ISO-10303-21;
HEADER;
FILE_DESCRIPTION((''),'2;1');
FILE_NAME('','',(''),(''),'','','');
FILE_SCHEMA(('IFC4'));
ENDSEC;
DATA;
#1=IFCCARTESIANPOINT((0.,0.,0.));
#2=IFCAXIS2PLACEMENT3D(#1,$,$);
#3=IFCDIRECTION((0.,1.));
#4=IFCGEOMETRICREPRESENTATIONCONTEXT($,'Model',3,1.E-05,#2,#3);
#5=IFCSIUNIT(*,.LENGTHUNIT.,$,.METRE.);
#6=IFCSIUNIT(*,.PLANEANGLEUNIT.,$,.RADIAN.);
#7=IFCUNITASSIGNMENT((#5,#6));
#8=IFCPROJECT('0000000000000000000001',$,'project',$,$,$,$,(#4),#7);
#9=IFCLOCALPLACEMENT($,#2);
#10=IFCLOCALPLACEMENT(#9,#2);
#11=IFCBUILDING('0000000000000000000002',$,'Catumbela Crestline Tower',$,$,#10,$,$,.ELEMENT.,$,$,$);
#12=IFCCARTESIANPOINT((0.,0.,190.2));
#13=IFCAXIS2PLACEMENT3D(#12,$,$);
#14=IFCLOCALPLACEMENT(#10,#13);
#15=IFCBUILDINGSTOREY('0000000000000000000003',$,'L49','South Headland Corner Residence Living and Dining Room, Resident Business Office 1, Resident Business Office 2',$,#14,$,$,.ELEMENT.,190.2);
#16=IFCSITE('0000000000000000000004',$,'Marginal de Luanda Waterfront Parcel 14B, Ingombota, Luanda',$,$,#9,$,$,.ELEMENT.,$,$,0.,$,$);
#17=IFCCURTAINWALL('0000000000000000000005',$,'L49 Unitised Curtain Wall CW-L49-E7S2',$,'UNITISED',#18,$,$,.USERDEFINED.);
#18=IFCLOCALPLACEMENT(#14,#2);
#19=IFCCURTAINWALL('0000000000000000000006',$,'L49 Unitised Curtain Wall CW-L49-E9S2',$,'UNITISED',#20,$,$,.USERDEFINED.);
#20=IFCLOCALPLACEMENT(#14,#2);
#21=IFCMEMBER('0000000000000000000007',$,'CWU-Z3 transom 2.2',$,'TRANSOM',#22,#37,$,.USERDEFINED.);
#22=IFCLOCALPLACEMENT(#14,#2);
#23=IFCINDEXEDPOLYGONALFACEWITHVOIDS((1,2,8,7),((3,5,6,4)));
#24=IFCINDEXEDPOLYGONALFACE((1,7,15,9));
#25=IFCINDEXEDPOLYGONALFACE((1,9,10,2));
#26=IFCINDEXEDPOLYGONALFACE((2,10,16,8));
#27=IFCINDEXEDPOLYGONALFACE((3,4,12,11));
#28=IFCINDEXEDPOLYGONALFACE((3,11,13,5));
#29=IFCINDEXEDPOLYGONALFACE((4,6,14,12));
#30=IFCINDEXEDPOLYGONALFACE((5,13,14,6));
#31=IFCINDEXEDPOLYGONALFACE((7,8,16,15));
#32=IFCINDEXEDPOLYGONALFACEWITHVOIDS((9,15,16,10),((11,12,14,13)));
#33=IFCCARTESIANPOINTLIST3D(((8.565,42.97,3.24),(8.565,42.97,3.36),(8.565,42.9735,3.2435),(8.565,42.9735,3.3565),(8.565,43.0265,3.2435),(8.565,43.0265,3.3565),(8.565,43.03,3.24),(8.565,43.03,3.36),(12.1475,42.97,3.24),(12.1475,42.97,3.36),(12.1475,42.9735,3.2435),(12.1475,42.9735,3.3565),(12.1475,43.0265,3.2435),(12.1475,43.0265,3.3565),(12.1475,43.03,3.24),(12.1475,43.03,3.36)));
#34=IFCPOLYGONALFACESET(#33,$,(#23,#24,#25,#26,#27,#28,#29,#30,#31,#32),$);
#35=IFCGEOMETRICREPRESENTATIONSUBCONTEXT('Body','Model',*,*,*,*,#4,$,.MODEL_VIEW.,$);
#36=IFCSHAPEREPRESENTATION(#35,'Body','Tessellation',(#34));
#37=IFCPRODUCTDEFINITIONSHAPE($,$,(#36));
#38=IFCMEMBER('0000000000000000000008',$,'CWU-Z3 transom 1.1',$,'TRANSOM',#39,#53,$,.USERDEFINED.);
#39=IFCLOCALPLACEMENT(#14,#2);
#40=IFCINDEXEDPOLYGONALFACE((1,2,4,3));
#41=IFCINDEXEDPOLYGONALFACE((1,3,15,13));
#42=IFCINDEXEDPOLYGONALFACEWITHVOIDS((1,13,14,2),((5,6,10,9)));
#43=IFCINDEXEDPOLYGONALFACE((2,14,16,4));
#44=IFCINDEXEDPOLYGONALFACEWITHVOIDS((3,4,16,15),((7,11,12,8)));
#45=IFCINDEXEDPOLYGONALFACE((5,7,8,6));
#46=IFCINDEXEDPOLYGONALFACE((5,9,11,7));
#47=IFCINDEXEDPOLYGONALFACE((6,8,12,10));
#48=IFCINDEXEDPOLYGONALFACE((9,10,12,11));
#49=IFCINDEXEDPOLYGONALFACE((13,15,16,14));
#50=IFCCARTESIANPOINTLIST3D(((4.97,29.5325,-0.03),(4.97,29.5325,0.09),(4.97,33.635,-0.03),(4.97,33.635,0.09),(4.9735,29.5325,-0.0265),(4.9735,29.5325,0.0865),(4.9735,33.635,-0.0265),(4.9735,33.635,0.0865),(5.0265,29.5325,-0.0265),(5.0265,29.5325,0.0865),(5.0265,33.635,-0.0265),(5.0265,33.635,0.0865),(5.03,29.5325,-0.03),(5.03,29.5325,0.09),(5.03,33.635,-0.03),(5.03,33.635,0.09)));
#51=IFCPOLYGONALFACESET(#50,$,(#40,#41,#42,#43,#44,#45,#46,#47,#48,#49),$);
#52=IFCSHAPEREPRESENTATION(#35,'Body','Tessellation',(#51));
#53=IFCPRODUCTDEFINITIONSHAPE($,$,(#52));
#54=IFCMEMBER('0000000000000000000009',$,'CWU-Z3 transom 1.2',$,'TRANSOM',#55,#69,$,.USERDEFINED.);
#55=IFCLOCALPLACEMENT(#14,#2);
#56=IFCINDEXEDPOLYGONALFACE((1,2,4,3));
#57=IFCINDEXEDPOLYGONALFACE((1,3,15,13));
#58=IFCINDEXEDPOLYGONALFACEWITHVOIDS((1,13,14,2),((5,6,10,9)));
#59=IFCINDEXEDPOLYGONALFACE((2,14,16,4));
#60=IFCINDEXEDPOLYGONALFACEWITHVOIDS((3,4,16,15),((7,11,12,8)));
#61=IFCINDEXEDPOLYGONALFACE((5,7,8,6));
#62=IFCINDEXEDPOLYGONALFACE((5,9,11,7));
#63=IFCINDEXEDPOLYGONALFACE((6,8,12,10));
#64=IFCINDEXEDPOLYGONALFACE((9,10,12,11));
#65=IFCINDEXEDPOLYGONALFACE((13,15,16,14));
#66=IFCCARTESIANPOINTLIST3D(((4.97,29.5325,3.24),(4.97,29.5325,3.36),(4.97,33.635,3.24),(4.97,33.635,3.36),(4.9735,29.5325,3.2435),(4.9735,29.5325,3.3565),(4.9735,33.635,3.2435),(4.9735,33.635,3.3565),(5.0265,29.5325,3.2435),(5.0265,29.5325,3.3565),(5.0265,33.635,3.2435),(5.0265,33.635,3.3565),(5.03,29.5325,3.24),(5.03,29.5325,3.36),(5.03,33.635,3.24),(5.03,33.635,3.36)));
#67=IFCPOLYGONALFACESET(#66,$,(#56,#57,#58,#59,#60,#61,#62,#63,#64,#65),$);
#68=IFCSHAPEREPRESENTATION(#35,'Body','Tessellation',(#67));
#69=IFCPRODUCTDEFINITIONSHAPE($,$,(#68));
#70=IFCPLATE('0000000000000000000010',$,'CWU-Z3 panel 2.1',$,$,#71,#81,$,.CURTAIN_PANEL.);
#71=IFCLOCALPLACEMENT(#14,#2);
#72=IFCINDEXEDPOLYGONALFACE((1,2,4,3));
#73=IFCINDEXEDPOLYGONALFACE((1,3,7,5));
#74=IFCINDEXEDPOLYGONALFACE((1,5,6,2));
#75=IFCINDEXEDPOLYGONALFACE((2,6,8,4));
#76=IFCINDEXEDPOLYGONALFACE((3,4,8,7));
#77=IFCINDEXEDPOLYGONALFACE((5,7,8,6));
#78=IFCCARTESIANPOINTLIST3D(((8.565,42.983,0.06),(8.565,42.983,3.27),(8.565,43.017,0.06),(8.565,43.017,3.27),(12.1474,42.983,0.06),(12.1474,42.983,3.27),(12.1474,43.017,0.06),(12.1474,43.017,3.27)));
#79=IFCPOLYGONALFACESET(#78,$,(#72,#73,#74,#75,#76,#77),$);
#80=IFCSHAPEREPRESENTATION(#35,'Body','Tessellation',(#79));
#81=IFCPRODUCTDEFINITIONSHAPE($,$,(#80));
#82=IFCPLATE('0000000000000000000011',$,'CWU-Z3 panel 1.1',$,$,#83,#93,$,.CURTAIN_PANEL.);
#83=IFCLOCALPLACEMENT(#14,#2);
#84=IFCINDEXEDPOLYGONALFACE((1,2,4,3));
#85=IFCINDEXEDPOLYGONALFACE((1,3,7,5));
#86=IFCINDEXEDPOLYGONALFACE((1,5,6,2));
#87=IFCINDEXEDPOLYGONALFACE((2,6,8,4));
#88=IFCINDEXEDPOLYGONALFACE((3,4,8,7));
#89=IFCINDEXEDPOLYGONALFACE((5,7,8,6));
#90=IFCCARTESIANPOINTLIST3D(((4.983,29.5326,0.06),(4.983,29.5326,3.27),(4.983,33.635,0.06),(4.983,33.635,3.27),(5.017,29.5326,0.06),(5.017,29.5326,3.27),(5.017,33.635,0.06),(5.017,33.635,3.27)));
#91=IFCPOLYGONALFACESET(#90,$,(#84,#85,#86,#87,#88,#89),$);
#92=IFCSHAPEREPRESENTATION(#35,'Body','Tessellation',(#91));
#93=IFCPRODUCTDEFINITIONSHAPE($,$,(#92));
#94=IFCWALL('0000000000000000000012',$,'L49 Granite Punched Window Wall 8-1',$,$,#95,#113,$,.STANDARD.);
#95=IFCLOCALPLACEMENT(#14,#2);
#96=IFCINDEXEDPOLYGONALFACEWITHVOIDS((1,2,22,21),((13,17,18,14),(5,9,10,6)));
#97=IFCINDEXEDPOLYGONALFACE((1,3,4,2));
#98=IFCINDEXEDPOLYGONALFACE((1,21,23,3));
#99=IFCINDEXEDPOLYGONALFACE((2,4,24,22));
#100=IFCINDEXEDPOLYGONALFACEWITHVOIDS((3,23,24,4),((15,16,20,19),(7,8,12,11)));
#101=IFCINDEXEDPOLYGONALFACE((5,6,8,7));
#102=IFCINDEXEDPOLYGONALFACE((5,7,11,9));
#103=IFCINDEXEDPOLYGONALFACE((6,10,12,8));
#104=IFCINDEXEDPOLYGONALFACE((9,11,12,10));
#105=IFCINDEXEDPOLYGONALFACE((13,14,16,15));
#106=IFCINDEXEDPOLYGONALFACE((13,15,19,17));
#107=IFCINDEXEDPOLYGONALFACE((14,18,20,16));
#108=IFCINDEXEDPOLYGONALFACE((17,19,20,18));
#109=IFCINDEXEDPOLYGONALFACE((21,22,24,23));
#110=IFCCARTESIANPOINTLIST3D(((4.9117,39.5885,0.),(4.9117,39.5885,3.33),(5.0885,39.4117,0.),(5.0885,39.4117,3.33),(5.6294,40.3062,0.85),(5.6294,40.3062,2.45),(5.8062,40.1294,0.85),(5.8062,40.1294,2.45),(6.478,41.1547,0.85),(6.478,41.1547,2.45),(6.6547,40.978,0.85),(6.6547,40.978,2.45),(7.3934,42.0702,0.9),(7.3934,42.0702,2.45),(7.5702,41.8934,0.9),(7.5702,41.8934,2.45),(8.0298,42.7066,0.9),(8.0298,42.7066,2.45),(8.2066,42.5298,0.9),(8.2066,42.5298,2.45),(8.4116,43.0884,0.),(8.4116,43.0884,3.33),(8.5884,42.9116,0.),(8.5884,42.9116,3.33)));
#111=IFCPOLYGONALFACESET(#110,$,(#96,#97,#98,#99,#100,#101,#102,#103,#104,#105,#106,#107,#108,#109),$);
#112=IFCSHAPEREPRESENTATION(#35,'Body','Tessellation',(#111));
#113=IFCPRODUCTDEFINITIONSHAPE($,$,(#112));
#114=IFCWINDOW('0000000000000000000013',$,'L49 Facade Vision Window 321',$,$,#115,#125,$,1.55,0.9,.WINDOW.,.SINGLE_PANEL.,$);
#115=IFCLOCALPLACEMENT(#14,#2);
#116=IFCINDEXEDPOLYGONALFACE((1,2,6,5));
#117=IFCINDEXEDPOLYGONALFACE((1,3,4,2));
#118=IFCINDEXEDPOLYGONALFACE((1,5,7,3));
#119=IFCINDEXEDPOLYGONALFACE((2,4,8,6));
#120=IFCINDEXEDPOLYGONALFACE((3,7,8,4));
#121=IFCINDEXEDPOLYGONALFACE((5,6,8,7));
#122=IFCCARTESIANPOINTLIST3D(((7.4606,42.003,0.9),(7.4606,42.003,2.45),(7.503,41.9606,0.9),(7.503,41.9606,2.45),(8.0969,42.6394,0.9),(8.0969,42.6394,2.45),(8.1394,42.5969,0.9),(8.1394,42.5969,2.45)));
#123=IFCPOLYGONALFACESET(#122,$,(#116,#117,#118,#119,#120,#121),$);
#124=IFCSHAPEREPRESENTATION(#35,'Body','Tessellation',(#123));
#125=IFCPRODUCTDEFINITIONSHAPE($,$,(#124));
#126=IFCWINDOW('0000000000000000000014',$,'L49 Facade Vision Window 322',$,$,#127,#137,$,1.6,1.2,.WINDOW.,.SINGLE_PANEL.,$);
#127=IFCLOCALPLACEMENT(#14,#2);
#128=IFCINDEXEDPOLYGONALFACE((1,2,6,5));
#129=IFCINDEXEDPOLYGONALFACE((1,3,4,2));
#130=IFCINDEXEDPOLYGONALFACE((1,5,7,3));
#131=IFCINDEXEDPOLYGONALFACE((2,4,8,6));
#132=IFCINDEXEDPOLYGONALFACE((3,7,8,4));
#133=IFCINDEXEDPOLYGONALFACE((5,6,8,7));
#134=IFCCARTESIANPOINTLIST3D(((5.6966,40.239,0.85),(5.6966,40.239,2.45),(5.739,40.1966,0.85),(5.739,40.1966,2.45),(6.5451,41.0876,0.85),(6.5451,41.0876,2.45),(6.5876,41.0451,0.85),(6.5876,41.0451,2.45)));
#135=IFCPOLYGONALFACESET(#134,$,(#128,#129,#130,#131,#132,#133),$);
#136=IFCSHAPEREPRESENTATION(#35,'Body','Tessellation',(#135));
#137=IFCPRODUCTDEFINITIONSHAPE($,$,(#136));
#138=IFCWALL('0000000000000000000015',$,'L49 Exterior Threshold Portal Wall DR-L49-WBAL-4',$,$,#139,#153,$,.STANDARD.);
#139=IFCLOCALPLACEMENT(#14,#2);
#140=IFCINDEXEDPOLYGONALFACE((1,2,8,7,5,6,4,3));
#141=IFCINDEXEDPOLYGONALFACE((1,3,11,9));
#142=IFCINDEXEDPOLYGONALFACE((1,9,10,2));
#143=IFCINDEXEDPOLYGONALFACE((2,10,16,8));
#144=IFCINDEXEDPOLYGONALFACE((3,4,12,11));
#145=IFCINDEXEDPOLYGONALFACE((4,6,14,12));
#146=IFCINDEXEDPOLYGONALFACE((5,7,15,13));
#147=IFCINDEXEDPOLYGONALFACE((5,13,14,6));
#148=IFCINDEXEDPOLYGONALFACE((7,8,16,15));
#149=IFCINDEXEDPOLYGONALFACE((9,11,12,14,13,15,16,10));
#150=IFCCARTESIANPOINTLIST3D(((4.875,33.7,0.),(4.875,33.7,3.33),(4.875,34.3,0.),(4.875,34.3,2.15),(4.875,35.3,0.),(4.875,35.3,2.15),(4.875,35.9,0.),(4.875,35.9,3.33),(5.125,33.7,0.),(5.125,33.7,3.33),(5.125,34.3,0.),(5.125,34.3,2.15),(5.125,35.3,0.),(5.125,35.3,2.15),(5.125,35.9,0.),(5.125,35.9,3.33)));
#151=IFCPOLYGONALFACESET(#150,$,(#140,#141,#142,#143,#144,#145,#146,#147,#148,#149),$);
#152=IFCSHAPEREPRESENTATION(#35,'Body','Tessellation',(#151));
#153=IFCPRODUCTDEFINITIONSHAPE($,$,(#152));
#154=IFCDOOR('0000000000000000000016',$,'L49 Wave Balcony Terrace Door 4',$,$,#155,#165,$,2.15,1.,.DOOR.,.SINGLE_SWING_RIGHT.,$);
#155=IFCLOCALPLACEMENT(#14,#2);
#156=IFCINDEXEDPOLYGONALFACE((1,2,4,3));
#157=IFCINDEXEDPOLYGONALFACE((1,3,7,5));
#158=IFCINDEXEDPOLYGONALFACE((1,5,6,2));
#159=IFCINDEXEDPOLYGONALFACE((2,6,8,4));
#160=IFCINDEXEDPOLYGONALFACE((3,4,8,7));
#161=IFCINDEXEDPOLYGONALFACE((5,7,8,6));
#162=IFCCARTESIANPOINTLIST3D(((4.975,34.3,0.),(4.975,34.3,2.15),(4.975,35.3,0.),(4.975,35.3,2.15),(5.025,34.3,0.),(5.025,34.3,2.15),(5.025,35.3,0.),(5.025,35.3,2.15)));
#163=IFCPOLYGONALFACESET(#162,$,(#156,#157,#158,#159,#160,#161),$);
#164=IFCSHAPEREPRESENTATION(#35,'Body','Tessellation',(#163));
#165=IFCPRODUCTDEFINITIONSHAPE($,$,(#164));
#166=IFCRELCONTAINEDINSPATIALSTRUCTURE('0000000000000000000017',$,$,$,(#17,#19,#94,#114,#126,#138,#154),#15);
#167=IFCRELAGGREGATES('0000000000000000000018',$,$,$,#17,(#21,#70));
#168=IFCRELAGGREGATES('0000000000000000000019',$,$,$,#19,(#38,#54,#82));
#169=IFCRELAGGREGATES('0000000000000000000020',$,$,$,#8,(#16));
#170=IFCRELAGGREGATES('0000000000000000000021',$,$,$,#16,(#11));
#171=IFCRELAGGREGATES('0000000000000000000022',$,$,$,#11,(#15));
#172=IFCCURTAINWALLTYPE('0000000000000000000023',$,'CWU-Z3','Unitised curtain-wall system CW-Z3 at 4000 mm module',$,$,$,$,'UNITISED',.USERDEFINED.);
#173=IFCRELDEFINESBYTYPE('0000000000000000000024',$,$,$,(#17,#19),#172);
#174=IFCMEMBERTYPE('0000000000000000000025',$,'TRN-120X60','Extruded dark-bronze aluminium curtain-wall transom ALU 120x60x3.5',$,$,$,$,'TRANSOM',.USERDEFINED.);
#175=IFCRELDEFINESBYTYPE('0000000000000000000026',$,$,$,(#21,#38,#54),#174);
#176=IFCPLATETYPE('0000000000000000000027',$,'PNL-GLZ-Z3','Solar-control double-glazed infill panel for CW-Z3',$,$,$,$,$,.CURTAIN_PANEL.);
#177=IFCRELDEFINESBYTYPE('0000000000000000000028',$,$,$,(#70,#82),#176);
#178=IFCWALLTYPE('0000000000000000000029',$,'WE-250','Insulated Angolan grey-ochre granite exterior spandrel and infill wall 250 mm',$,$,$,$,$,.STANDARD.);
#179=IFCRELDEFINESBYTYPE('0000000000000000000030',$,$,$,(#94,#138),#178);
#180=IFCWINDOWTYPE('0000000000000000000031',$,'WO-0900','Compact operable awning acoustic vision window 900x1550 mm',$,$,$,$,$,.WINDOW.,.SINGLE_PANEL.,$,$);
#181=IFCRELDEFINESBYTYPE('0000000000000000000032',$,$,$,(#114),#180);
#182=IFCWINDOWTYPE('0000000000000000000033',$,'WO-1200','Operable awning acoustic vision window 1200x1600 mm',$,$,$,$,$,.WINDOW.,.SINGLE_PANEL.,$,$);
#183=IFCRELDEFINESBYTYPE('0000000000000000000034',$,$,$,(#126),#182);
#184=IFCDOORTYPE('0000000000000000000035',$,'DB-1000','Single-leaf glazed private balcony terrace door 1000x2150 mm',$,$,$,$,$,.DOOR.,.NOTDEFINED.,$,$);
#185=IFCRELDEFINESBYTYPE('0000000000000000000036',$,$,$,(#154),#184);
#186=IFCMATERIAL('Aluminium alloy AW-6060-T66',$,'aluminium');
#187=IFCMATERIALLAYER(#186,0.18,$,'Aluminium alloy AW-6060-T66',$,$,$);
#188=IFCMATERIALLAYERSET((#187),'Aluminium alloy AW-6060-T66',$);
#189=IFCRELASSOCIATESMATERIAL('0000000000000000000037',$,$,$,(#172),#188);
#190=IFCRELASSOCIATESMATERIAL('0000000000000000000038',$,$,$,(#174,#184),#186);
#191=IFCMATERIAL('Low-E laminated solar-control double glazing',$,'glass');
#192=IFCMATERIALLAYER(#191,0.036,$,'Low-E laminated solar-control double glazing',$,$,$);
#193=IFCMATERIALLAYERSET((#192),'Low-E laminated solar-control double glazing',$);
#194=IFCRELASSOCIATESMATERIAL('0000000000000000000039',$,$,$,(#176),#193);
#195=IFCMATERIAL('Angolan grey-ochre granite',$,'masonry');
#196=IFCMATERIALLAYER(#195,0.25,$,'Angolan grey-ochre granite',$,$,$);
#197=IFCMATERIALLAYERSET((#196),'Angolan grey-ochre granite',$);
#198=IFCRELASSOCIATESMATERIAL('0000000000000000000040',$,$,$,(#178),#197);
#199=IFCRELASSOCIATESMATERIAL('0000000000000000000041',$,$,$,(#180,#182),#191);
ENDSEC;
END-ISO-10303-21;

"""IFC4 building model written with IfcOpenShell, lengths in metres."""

from ifc_helpers import new_model, si_unit, direction, frame, frame_2d, origin, origin_2d, place, context, subcontext, project, spatial, rectangle, hollow_rectangle, extrude, material, layer, layer_set, material_profile, profile_set, type_object, element, fill, aggregate, save


model = new_model("IFC4")

# Units and contexts
model_context = context("Model", 3, precision=1e-05, world=origin(), true_north=direction((0.0, 1.0)))
body_context = subcontext(model_context, "Body", "Model", "MODEL_VIEW")
ifc_project = project(units=[si_unit("LENGTHUNIT", "METRE"), si_unit("PLANEANGLEUNIT", "RADIAN")], contexts=[model_context])

# Site, building, storey
site_placement = place(None, origin())
site = spatial("IfcSite", under=ifc_project, at=site_placement, Name="Marginal de Luanda Waterfront Parcel 14B, Ingombota, Luanda", CompositionType="ELEMENT", RefElevation=0.0)
building_placement = place(site_placement, origin())
building = spatial("IfcBuilding", under=site, at=building_placement, Name="Catumbela Crestline Tower", CompositionType="ELEMENT")
storey_placement = place(building_placement, frame((0.0, 0.0, 190.2)))
storey = spatial("IfcBuildingStorey", under=building, at=storey_placement, Name="L49", Description="South Headland Corner Residence Living and Dining Room, Resident Business Office 1, Resident Business Office 2", CompositionType="ELEMENT", Elevation=190.2)

# Curtain wall
ifc_material_1 = material(Name="Aluminium alloy AW-6060-T66", Category="aluminium")
ifc_layer_1 = layer(ifc_material_1, 0.18, Name="Aluminium alloy AW-6060-T66")
ifc_layer_set_1 = layer_set([ifc_layer_1], Name="Aluminium alloy AW-6060-T66")
curtain_wall_type = type_object("IfcCurtainWallType", Name="CWU-Z3", Description="Unitised curtain-wall system CW-Z3 at 4000 mm module", ElementType="UNITISED", PredefinedType="USERDEFINED", material=ifc_layer_set_1)
curtain_wall_1_placement = place(storey_placement, origin())
curtain_wall_1 = element("IfcCurtainWall", 1, at=curtain_wall_1_placement, inside=storey, type_object=curtain_wall_type, Name="L49 Unitised Curtain Wall CW-L49-E7S2", ObjectType="UNITISED", PredefinedType="USERDEFINED")

# Curtain wall
curtain_wall_2_placement = place(storey_placement, origin())
curtain_wall_2 = element("IfcCurtainWall", 2, at=curtain_wall_2_placement, inside=storey, type_object=curtain_wall_type, Name="L49 Unitised Curtain Wall CW-L49-E9S2", ObjectType="UNITISED", PredefinedType="USERDEFINED")

# Members
ifc_material_profile_1 = material_profile(ifc_material_1, hollow_rectangle(XDim=0.06, YDim=0.12, WallThickness=0.0035, at=origin_2d()), Name="ALU 120x60x3.5")
ifc_profile_set_1 = profile_set([ifc_material_profile_1], Name="Aluminium alloy AW-6060-T66")
member_type_1 = type_object("IfcMemberType", Name="TRN-120X60", Description="Extruded dark-bronze aluminium curtain-wall transom ALU 120x60x3.5", ElementType="TRANSOM", PredefinedType="USERDEFINED", material=ifc_profile_set_1)
member_1_placement = place(storey_placement, frame((12.1475, 43.0, 3.3), z_axis=(-1.0, 0.0, 0.0), x_axis=(0.0, -1.0, 0.0)))
member_1 = element("IfcMember", 3, at=member_1_placement, type_object=member_type_1, Name="CWU-Z3 transom 2.2", ObjectType="TRANSOM", PredefinedType="USERDEFINED", context=body_context, shape_type="SweptSolid", body=[
    extrude(hollow_rectangle(XDim=0.06, YDim=0.12, WallThickness=0.0035, at=origin_2d()), origin(), (0.0, 0.0, 1.0), 3.5825),
])
member_2_placement = place(storey_placement, frame((5.0, 33.635, 0.03), z_axis=(0.0, -1.0, 0.0), x_axis=(1.0, 0.0, 0.0)))
member_2 = element("IfcMember", 4, at=member_2_placement, type_object=member_type_1, Name="CWU-Z3 transom 1.1", ObjectType="TRANSOM", PredefinedType="USERDEFINED", context=body_context, shape_type="SweptSolid", body=[
    extrude(hollow_rectangle(XDim=0.06, YDim=0.12, WallThickness=0.0035, at=origin_2d()), origin(), (0.0, 0.0, 1.0), 4.1025),
])
member_3_placement = place(storey_placement, frame((5.0, 33.635, 3.3), z_axis=(0.0, -1.0, 0.0), x_axis=(1.0, 0.0, 0.0)))
member_3 = element("IfcMember", 5, at=member_3_placement, type_object=member_type_1, Name="CWU-Z3 transom 1.2", ObjectType="TRANSOM", PredefinedType="USERDEFINED", context=body_context, shape_type="SweptSolid", body=[
    extrude(hollow_rectangle(XDim=0.06, YDim=0.12, WallThickness=0.0035, at=origin_2d()), origin(), (0.0, 0.0, 1.0), 4.1025),
])

# Plates
ifc_material_2 = material(Name="Low-E laminated solar-control double glazing", Category="glass")
ifc_layer_2 = layer(ifc_material_2, 0.036, Name="Low-E laminated solar-control double glazing")
ifc_layer_set_2 = layer_set([ifc_layer_2], Name="Low-E laminated solar-control double glazing")
plate_type = type_object("IfcPlateType", Name="PNL-GLZ-Z3", Description="Solar-control double-glazed infill panel for CW-Z3", PredefinedType="CURTAIN_PANEL", material=ifc_layer_set_2)
plate_1_placement = place(storey_placement, frame((10.3562, 43.0, 0.06), z_axis=(0.0, 0.0, 1.0), x_axis=(-1.0, 0.0, 0.0)))
plate_1 = element("IfcPlate", 6, at=plate_1_placement, type_object=plate_type, Name="CWU-Z3 panel 2.1", PredefinedType="CURTAIN_PANEL", context=body_context, shape_type="SweptSolid", body=[
    extrude(rectangle(XDim=3.5825, YDim=0.034, at=origin_2d()), origin(), (0.0, 0.0, 1.0), 3.21),
])
aggregate(curtain_wall_1, [member_1, plate_1])
plate_2_placement = place(storey_placement, frame((5.0, 31.5838, 0.06), z_axis=(0.0, 0.0, 1.0), x_axis=(0.0, -1.0, 0.0)))
plate_2 = element("IfcPlate", 7, at=plate_2_placement, type_object=plate_type, Name="CWU-Z3 panel 1.1", PredefinedType="CURTAIN_PANEL", context=body_context, shape_type="SweptSolid", body=[
    extrude(rectangle(XDim=4.1025, YDim=0.034, at=origin_2d()), origin(), (0.0, 0.0, 1.0), 3.21),
])
aggregate(curtain_wall_2, [member_2, member_3, plate_2])

# Wall, openings, windows
ifc_material_3 = material(Name="Angolan grey-ochre granite", Category="masonry")
ifc_layer_3 = layer(ifc_material_3, 0.25, Name="Angolan grey-ochre granite")
ifc_layer_set_3 = layer_set([ifc_layer_3], Name="Angolan grey-ochre granite")
wall_type_1 = type_object("IfcWallType", Name="WE-250", Description="Insulated Angolan grey-ochre granite exterior spandrel and infill wall 250 mm", PredefinedType="STANDARD", material=ifc_layer_set_3)
wall_1_placement = place(storey_placement, frame((8.5, 43.0, 0.0), z_axis=(0.0, 0.0, 1.0), x_axis=(-0.707107, -0.707107, 0.0)))
wall_1 = element("IfcWall", 8, at=wall_1_placement, inside=storey, type_object=wall_type_1, Name="L49 Granite Punched Window Wall 8-1", PredefinedType="STANDARD", context=body_context, shape_type="SweptSolid", body=[
    extrude(rectangle(XDim=4.9497, YDim=0.25, at=frame_2d((2.4748, 0.0))), origin(), (0.0, 0.0, 1.0), 3.33),
])
opening_1_placement = place(wall_1_placement, frame((0.54, 0.0, 0.9)))
opening_1 = element("IfcOpeningElement", 9, at=opening_1_placement, cuts=wall_1, PredefinedType="OPENING", context=body_context, shape_type="SweptSolid", body=[
    extrude(rectangle(XDim=0.9, YDim=1.55, at=frame_2d((0.45, 0.775))), frame((0.0, 0.135, 0.0), z_axis=(0.0, -1.0, 0.0), x_axis=(1.0, 0.0, 0.0)), (0.0, 0.0, 1.0), 0.27),
])
opening_2_placement = place(wall_1_placement, frame((2.7346, 0.0, 0.85)))
opening_2 = element("IfcOpeningElement", 10, at=opening_2_placement, cuts=wall_1, PredefinedType="OPENING", context=body_context, shape_type="SweptSolid", body=[
    extrude(rectangle(XDim=1.2, YDim=1.6, at=frame_2d((0.6, 0.8))), frame((0.0, 0.135, 0.0), z_axis=(0.0, -1.0, 0.0), x_axis=(1.0, 0.0, 0.0)), (0.0, 0.0, 1.0), 0.27),
])
window_type_1 = type_object("IfcWindowType", Name="WO-0900", Description="Compact operable awning acoustic vision window 900x1550 mm", PartitioningType="SINGLE_PANEL", PredefinedType="WINDOW", material=ifc_material_2)
window_1_placement = place(opening_1_placement, origin())
window_1 = element("IfcWindow", 11, at=window_1_placement, inside=storey, type_object=window_type_1, Name="L49 Facade Vision Window 321", OverallHeight=1.55, OverallWidth=0.9, PartitioningType="SINGLE_PANEL", PredefinedType="WINDOW", context=body_context, shape_type="SweptSolid", body=[
    extrude(rectangle(XDim=0.9, YDim=1.55, at=frame_2d((0.45, 0.775))), frame((0.0, 0.03, 0.0), z_axis=(0.0, -1.0, 0.0), x_axis=(1.0, 0.0, 0.0)), (0.0, 0.0, 1.0), 0.06),
])
fill(opening_1, window_1)
window_type_2 = type_object("IfcWindowType", Name="WO-1200", Description="Operable awning acoustic vision window 1200x1600 mm", PartitioningType="SINGLE_PANEL", PredefinedType="WINDOW", material=ifc_material_2)
window_2_placement = place(opening_2_placement, origin())
window_2 = element("IfcWindow", 12, at=window_2_placement, inside=storey, type_object=window_type_2, Name="L49 Facade Vision Window 322", OverallHeight=1.6, OverallWidth=1.2, PartitioningType="SINGLE_PANEL", PredefinedType="WINDOW", context=body_context, shape_type="SweptSolid", body=[
    extrude(rectangle(XDim=1.2, YDim=1.6, at=frame_2d((0.6, 0.8))), frame((0.0, 0.03, 0.0), z_axis=(0.0, -1.0, 0.0), x_axis=(1.0, 0.0, 0.0)), (0.0, 0.0, 1.0), 0.06),
])
fill(opening_2, window_2)

# Wall, opening, door
wall_2_placement = place(storey_placement, frame((5.0, 35.9, 0.0), z_axis=(0.0, 0.0, 1.0), x_axis=(0.0, -1.0, 0.0)))
wall_2 = element("IfcWall", 13, at=wall_2_placement, inside=storey, type_object=wall_type_1, Name="L49 Exterior Threshold Portal Wall DR-L49-WBAL-4", PredefinedType="STANDARD", context=body_context, shape_type="SweptSolid", body=[
    extrude(rectangle(XDim=2.2, YDim=0.25, at=frame_2d((1.1, 0.0))), origin(), (0.0, 0.0, 1.0), 3.33),
])
opening_3_placement = place(wall_2_placement, frame((0.6, 0.0, 0.0)))
opening_3 = element("IfcOpeningElement", 14, at=opening_3_placement, cuts=wall_2, PredefinedType="OPENING", context=body_context, shape_type="SweptSolid", body=[
    extrude(rectangle(XDim=1.0, YDim=2.15, at=frame_2d((0.5, 1.075))), frame((0.0, 0.135, 0.0), z_axis=(0.0, -1.0, 0.0), x_axis=(1.0, 0.0, 0.0)), (0.0, 0.0, 1.0), 0.27),
])
door_type = type_object("IfcDoorType", Name="DB-1000", Description="Single-leaf glazed private balcony terrace door 1000x2150 mm", OperationType="NOTDEFINED", PredefinedType="DOOR", material=ifc_material_1)
door_placement = place(opening_3_placement, origin())
door = element("IfcDoor", 15, at=door_placement, inside=storey, type_object=door_type, Name="L49 Wave Balcony Terrace Door 4", OperationType="SINGLE_SWING_RIGHT", OverallHeight=2.15, OverallWidth=1.0, PredefinedType="DOOR", context=body_context, shape_type="SweptSolid", body=[
    extrude(rectangle(XDim=1.0, YDim=2.15, at=frame_2d((0.5, 1.075))), frame((0.0, 0.025, 0.0), z_axis=(0.0, -1.0, 0.0), x_axis=(1.0, 0.0, 0.0)), (0.0, 0.0, 1.0), 0.05),
])
fill(opening_3, door)

save(model, "model.ifc")
